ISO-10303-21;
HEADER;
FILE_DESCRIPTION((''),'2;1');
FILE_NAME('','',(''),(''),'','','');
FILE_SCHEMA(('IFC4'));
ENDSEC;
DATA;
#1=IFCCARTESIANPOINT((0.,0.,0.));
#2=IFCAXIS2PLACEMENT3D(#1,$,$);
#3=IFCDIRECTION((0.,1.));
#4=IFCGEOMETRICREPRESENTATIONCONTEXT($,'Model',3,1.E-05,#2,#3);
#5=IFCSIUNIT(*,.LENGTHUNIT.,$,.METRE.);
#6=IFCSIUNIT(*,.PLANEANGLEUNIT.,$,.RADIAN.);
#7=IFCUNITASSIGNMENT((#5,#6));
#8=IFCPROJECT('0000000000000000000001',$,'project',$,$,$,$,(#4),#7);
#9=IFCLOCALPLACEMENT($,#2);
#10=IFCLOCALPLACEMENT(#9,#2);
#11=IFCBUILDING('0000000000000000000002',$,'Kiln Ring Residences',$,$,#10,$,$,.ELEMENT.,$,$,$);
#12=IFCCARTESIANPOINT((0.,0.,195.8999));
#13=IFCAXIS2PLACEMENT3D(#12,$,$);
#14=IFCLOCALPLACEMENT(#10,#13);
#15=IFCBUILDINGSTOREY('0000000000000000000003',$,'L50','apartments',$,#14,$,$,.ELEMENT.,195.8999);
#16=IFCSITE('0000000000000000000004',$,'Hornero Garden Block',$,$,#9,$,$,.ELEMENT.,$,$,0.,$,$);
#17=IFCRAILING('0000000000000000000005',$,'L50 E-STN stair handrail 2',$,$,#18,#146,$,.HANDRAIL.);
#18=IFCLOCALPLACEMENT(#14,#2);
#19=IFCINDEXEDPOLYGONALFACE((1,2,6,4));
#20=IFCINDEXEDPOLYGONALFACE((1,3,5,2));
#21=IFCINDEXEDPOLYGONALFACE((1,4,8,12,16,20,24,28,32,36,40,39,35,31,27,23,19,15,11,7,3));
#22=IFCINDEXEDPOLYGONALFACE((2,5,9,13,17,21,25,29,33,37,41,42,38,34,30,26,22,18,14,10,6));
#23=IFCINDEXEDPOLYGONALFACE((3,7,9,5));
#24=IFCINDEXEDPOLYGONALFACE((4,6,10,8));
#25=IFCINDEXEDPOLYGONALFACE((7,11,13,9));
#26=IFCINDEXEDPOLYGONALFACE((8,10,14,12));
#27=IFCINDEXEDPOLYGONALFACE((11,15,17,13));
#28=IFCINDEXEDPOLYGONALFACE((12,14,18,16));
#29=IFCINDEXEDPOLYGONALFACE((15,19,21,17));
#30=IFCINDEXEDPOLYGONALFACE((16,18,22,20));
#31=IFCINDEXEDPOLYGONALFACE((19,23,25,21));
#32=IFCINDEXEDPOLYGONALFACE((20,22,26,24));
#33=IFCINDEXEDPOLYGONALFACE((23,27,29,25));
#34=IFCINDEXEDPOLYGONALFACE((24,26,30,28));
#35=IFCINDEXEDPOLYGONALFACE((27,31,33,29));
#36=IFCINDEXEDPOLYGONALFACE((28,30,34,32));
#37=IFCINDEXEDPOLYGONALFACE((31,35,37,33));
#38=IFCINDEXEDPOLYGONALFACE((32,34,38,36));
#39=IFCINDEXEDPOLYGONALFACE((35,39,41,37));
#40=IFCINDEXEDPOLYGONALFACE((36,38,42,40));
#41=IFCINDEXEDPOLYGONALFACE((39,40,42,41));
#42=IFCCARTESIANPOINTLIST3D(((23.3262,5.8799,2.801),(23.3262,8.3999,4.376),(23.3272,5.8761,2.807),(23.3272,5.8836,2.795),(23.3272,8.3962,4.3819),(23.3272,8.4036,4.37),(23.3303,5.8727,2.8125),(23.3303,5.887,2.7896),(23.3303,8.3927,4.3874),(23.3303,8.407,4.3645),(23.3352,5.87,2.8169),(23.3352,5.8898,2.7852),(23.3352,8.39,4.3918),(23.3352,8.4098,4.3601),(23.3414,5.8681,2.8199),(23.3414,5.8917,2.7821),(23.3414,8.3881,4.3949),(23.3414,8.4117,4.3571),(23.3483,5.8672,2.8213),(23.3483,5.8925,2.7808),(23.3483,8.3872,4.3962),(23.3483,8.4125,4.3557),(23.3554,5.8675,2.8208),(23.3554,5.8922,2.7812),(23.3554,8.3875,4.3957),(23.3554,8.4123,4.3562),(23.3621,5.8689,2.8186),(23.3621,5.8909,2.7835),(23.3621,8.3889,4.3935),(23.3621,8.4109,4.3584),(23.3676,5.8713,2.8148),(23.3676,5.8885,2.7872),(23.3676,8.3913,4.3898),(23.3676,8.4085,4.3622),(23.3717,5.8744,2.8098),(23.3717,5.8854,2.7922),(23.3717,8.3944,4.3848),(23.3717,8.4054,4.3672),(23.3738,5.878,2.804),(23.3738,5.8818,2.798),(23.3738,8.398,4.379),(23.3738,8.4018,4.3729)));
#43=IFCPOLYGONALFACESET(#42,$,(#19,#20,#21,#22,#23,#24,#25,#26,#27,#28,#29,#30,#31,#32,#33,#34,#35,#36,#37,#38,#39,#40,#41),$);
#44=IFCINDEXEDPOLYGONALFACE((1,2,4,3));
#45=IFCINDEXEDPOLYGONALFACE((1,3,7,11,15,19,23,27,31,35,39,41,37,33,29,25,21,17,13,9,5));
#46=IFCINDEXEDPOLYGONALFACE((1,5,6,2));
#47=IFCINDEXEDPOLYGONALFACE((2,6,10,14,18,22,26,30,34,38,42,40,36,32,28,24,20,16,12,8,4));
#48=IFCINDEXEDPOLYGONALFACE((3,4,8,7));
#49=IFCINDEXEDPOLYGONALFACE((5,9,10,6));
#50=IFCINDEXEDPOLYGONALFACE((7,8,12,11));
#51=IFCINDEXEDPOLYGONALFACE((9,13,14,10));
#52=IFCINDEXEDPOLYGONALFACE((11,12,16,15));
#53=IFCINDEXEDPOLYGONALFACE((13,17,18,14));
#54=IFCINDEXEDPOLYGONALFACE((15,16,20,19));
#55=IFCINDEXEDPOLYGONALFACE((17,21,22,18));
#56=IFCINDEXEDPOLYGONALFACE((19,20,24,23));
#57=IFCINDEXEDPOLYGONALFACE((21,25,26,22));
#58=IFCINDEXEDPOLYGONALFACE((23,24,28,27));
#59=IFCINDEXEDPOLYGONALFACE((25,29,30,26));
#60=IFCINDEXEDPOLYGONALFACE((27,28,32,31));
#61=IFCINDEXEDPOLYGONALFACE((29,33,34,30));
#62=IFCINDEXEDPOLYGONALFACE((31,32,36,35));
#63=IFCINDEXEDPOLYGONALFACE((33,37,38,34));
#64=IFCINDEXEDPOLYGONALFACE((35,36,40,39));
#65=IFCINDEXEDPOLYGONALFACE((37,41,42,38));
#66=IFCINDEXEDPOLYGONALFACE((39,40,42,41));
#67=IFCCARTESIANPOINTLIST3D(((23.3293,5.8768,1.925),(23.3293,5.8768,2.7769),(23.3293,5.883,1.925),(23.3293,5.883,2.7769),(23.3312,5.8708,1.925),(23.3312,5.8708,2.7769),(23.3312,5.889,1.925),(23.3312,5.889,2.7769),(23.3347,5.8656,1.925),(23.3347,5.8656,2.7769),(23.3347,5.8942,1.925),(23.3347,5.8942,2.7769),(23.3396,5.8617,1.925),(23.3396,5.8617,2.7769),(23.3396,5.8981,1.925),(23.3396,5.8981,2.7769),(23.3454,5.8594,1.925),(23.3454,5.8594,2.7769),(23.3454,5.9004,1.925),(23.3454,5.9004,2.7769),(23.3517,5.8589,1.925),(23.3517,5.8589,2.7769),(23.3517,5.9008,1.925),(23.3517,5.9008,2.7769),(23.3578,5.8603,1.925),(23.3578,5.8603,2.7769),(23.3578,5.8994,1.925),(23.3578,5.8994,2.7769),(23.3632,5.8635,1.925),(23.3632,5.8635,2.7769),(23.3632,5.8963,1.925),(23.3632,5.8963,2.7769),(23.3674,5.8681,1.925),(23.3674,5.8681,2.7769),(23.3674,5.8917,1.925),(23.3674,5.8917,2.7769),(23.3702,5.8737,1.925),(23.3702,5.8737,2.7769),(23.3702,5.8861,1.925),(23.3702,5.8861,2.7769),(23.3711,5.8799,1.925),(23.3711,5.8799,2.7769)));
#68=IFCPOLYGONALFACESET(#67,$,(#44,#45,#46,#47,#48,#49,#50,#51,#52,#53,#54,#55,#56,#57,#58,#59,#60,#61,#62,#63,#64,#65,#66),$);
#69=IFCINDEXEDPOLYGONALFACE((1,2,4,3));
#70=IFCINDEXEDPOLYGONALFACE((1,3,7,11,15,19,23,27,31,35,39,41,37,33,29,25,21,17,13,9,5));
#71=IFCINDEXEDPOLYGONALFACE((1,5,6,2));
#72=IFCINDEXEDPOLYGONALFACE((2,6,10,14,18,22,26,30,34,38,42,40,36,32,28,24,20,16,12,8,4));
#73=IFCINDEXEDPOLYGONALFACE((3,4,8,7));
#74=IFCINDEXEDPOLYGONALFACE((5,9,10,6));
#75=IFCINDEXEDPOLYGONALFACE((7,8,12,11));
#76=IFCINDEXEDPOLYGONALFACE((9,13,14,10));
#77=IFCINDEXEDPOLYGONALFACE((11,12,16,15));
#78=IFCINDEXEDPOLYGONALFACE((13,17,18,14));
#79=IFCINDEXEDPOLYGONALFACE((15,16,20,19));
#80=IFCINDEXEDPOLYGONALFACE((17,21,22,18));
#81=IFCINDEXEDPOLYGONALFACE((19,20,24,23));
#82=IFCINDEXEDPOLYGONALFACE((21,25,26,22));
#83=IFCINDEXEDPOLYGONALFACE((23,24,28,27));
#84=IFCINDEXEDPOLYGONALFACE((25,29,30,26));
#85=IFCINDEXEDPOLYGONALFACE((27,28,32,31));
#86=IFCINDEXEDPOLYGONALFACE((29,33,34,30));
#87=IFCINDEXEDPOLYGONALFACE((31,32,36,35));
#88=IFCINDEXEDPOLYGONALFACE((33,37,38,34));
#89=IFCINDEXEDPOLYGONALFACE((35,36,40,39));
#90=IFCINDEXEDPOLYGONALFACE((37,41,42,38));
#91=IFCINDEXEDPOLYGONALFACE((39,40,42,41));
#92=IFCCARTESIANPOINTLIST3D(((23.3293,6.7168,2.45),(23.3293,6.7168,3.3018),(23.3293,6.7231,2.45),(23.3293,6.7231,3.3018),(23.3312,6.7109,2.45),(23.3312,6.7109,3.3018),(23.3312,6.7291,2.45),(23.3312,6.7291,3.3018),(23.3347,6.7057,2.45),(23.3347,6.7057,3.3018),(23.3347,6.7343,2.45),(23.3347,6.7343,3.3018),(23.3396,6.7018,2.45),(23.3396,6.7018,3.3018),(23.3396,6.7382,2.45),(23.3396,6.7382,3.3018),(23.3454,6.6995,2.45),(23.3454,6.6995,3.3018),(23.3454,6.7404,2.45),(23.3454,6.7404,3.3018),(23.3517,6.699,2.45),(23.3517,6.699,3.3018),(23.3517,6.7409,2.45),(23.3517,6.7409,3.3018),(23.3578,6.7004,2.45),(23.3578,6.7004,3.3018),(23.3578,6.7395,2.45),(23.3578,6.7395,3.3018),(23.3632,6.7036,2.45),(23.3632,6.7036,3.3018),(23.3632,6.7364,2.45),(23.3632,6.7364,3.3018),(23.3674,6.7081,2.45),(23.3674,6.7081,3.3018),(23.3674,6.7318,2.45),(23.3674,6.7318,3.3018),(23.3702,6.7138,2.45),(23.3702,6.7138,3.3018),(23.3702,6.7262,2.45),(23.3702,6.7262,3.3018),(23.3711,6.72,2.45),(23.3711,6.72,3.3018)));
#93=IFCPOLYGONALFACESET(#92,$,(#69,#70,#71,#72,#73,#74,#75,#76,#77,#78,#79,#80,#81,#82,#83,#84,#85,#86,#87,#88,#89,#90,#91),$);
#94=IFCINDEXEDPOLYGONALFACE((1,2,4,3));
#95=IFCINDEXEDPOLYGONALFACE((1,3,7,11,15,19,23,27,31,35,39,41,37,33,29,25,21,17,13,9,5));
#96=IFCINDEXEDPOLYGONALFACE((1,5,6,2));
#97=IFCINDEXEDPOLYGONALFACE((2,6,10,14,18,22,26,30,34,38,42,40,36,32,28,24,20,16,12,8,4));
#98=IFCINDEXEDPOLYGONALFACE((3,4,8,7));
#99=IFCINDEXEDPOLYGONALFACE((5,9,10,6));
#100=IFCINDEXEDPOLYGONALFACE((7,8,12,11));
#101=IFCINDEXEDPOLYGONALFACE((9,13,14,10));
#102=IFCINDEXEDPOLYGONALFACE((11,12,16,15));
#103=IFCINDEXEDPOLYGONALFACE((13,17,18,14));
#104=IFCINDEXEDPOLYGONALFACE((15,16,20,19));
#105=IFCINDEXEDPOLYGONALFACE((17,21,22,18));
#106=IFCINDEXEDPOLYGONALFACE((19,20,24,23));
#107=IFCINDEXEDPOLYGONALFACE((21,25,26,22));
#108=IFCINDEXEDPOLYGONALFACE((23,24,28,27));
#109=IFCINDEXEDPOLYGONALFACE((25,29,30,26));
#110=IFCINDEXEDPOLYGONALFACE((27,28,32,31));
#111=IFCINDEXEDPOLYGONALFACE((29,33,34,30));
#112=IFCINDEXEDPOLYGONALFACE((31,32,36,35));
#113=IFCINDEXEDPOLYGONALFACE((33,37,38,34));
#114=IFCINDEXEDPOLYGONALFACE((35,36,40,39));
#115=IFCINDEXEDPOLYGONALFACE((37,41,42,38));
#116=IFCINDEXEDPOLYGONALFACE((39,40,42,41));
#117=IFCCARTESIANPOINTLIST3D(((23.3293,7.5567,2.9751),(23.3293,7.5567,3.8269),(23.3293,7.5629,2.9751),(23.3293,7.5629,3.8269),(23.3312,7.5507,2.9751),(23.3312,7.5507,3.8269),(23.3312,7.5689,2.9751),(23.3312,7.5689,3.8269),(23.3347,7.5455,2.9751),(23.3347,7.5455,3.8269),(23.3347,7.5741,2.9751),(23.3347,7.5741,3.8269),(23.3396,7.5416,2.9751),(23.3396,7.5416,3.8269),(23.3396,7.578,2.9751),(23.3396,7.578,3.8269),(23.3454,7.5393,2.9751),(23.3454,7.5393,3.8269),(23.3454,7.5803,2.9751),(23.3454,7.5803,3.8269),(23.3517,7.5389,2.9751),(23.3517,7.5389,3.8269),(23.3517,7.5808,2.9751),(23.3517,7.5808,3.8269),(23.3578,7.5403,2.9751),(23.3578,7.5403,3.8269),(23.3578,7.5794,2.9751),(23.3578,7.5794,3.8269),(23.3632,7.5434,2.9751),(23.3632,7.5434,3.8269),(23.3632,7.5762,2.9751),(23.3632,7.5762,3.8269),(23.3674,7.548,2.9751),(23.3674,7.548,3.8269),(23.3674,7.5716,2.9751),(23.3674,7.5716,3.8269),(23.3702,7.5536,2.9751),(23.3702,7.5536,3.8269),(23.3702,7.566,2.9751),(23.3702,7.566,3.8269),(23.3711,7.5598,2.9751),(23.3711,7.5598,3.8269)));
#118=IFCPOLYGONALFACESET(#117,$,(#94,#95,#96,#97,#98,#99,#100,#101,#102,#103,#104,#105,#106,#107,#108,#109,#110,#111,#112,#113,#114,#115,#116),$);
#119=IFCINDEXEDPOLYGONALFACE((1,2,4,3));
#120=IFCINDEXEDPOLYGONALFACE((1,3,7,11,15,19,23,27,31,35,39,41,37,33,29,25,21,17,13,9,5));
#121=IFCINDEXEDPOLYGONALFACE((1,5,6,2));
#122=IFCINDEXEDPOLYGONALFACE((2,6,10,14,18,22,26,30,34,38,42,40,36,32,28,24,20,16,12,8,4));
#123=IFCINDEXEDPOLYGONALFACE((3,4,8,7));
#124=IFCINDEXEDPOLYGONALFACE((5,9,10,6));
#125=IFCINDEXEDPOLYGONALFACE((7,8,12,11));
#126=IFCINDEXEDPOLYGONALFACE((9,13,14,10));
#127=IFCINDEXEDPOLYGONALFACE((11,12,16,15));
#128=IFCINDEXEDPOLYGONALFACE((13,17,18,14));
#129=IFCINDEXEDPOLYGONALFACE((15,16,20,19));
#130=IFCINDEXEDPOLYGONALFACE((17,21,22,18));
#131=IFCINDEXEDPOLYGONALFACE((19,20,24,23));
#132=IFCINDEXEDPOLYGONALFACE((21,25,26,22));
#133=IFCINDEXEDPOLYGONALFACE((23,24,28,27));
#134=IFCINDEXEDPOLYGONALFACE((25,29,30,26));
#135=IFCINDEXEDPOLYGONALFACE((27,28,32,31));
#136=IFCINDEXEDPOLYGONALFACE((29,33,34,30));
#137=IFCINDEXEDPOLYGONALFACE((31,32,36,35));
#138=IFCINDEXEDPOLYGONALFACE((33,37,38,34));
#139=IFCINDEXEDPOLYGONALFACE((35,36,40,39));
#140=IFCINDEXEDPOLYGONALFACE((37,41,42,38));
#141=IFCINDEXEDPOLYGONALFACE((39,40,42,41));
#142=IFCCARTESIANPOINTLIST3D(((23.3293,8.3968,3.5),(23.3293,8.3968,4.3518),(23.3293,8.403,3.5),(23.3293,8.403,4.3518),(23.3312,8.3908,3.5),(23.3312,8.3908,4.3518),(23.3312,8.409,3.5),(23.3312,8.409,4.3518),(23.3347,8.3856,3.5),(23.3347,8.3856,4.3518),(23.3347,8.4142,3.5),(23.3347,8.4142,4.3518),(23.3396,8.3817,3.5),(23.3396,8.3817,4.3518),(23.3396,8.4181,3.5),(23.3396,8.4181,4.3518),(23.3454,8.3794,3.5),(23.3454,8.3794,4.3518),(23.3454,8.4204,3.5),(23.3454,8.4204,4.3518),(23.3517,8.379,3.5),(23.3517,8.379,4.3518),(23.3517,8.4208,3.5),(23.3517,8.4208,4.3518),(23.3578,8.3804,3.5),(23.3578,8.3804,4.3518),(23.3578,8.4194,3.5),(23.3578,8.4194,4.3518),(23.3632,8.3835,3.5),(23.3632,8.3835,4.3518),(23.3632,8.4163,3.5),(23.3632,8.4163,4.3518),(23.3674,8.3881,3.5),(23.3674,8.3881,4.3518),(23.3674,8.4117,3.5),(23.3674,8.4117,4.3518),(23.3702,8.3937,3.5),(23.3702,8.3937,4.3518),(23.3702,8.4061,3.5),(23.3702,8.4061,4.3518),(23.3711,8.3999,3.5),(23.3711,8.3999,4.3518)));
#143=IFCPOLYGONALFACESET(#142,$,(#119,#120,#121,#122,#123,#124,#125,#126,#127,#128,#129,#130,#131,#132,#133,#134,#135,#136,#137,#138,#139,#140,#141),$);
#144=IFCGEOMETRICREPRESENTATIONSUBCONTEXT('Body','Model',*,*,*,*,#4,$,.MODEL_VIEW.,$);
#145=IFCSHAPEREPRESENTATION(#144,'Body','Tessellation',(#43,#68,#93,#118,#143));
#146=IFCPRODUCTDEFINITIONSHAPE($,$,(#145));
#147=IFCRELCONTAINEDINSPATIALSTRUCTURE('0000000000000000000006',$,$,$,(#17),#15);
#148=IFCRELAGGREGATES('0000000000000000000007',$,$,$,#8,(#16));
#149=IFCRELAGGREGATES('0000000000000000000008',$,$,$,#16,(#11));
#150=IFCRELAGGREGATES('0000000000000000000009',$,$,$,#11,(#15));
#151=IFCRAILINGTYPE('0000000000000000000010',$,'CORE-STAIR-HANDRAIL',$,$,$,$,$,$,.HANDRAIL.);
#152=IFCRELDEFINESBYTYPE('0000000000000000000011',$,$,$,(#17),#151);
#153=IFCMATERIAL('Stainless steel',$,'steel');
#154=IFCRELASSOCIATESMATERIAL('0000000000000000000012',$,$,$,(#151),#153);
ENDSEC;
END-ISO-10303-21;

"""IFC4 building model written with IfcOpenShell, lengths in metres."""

from ifc_helpers import new_model, si_unit, direction, frame, origin, origin_2d, place, context, subcontext, project, spatial, circle, extrude, material, type_object, element, save


model = new_model("IFC4")

# Units and contexts
model_context = context("Model", 3, precision=1e-05, world=origin(), true_north=direction((0.0, 1.0)))
body_context = subcontext(model_context, "Body", "Model", "MODEL_VIEW")
ifc_project = project(units=[si_unit("LENGTHUNIT", "METRE"), si_unit("PLANEANGLEUNIT", "RADIAN")], contexts=[model_context])

# Site, building, storey
site_placement = place(None, origin())
site = spatial("IfcSite", under=ifc_project, at=site_placement, Name="Hornero Garden Block", CompositionType="ELEMENT", RefElevation=0.0)
building_placement = place(site_placement, origin())
building = spatial("IfcBuilding", under=site, at=building_placement, Name="Kiln Ring Residences", CompositionType="ELEMENT")
storey_placement = place(building_placement, frame((0.0, 0.0, 195.8999)))
storey = spatial("IfcBuildingStorey", under=building, at=storey_placement, Name="L50", Description="apartments", CompositionType="ELEMENT", Elevation=195.8999)

# Railing
ifc_material_1 = material(Name="Stainless steel", Category="steel")
railing_type_1 = type_object("IfcRailingType", Name="CORE-STAIR-HANDRAIL", PredefinedType="HANDRAIL", material=ifc_material_1)
railing_1_placement = place(storey_placement, frame((23.3501, 5.8799, 1.925)))
element("IfcRailing", 1, at=railing_1_placement, inside=storey, type_object=railing_type_1, Name="L50 E-STN stair handrail 2", PredefinedType="HANDRAIL", context=body_context, shape_type="SweptSolid", body=[
    extrude(circle(Radius=0.0239, at=origin_2d()), frame((0.0, 0.0, 0.876), z_axis=(0.0, 0.848008, 0.529984), x_axis=(-1.0, 0.0, 0.0)), (0.0, 0.0, 1.0), 2.9717),
    extrude(circle(Radius=0.021, at=origin_2d()), origin(), (0.0, 0.0, 1.0), 0.8518),
    extrude(circle(Radius=0.021, at=origin_2d()), frame((0.0, 0.8401, 0.5249)), (0.0, 0.0, 1.0), 0.8518),
    extrude(circle(Radius=0.021, at=origin_2d()), frame((0.0, 1.6799, 1.05)), (0.0, 0.0, 1.0), 0.8518),
    extrude(circle(Radius=0.021, at=origin_2d()), frame((0.0, 2.52, 1.575)), (0.0, 0.0, 1.0), 0.8518),
])

save(model, "model.ifc")
